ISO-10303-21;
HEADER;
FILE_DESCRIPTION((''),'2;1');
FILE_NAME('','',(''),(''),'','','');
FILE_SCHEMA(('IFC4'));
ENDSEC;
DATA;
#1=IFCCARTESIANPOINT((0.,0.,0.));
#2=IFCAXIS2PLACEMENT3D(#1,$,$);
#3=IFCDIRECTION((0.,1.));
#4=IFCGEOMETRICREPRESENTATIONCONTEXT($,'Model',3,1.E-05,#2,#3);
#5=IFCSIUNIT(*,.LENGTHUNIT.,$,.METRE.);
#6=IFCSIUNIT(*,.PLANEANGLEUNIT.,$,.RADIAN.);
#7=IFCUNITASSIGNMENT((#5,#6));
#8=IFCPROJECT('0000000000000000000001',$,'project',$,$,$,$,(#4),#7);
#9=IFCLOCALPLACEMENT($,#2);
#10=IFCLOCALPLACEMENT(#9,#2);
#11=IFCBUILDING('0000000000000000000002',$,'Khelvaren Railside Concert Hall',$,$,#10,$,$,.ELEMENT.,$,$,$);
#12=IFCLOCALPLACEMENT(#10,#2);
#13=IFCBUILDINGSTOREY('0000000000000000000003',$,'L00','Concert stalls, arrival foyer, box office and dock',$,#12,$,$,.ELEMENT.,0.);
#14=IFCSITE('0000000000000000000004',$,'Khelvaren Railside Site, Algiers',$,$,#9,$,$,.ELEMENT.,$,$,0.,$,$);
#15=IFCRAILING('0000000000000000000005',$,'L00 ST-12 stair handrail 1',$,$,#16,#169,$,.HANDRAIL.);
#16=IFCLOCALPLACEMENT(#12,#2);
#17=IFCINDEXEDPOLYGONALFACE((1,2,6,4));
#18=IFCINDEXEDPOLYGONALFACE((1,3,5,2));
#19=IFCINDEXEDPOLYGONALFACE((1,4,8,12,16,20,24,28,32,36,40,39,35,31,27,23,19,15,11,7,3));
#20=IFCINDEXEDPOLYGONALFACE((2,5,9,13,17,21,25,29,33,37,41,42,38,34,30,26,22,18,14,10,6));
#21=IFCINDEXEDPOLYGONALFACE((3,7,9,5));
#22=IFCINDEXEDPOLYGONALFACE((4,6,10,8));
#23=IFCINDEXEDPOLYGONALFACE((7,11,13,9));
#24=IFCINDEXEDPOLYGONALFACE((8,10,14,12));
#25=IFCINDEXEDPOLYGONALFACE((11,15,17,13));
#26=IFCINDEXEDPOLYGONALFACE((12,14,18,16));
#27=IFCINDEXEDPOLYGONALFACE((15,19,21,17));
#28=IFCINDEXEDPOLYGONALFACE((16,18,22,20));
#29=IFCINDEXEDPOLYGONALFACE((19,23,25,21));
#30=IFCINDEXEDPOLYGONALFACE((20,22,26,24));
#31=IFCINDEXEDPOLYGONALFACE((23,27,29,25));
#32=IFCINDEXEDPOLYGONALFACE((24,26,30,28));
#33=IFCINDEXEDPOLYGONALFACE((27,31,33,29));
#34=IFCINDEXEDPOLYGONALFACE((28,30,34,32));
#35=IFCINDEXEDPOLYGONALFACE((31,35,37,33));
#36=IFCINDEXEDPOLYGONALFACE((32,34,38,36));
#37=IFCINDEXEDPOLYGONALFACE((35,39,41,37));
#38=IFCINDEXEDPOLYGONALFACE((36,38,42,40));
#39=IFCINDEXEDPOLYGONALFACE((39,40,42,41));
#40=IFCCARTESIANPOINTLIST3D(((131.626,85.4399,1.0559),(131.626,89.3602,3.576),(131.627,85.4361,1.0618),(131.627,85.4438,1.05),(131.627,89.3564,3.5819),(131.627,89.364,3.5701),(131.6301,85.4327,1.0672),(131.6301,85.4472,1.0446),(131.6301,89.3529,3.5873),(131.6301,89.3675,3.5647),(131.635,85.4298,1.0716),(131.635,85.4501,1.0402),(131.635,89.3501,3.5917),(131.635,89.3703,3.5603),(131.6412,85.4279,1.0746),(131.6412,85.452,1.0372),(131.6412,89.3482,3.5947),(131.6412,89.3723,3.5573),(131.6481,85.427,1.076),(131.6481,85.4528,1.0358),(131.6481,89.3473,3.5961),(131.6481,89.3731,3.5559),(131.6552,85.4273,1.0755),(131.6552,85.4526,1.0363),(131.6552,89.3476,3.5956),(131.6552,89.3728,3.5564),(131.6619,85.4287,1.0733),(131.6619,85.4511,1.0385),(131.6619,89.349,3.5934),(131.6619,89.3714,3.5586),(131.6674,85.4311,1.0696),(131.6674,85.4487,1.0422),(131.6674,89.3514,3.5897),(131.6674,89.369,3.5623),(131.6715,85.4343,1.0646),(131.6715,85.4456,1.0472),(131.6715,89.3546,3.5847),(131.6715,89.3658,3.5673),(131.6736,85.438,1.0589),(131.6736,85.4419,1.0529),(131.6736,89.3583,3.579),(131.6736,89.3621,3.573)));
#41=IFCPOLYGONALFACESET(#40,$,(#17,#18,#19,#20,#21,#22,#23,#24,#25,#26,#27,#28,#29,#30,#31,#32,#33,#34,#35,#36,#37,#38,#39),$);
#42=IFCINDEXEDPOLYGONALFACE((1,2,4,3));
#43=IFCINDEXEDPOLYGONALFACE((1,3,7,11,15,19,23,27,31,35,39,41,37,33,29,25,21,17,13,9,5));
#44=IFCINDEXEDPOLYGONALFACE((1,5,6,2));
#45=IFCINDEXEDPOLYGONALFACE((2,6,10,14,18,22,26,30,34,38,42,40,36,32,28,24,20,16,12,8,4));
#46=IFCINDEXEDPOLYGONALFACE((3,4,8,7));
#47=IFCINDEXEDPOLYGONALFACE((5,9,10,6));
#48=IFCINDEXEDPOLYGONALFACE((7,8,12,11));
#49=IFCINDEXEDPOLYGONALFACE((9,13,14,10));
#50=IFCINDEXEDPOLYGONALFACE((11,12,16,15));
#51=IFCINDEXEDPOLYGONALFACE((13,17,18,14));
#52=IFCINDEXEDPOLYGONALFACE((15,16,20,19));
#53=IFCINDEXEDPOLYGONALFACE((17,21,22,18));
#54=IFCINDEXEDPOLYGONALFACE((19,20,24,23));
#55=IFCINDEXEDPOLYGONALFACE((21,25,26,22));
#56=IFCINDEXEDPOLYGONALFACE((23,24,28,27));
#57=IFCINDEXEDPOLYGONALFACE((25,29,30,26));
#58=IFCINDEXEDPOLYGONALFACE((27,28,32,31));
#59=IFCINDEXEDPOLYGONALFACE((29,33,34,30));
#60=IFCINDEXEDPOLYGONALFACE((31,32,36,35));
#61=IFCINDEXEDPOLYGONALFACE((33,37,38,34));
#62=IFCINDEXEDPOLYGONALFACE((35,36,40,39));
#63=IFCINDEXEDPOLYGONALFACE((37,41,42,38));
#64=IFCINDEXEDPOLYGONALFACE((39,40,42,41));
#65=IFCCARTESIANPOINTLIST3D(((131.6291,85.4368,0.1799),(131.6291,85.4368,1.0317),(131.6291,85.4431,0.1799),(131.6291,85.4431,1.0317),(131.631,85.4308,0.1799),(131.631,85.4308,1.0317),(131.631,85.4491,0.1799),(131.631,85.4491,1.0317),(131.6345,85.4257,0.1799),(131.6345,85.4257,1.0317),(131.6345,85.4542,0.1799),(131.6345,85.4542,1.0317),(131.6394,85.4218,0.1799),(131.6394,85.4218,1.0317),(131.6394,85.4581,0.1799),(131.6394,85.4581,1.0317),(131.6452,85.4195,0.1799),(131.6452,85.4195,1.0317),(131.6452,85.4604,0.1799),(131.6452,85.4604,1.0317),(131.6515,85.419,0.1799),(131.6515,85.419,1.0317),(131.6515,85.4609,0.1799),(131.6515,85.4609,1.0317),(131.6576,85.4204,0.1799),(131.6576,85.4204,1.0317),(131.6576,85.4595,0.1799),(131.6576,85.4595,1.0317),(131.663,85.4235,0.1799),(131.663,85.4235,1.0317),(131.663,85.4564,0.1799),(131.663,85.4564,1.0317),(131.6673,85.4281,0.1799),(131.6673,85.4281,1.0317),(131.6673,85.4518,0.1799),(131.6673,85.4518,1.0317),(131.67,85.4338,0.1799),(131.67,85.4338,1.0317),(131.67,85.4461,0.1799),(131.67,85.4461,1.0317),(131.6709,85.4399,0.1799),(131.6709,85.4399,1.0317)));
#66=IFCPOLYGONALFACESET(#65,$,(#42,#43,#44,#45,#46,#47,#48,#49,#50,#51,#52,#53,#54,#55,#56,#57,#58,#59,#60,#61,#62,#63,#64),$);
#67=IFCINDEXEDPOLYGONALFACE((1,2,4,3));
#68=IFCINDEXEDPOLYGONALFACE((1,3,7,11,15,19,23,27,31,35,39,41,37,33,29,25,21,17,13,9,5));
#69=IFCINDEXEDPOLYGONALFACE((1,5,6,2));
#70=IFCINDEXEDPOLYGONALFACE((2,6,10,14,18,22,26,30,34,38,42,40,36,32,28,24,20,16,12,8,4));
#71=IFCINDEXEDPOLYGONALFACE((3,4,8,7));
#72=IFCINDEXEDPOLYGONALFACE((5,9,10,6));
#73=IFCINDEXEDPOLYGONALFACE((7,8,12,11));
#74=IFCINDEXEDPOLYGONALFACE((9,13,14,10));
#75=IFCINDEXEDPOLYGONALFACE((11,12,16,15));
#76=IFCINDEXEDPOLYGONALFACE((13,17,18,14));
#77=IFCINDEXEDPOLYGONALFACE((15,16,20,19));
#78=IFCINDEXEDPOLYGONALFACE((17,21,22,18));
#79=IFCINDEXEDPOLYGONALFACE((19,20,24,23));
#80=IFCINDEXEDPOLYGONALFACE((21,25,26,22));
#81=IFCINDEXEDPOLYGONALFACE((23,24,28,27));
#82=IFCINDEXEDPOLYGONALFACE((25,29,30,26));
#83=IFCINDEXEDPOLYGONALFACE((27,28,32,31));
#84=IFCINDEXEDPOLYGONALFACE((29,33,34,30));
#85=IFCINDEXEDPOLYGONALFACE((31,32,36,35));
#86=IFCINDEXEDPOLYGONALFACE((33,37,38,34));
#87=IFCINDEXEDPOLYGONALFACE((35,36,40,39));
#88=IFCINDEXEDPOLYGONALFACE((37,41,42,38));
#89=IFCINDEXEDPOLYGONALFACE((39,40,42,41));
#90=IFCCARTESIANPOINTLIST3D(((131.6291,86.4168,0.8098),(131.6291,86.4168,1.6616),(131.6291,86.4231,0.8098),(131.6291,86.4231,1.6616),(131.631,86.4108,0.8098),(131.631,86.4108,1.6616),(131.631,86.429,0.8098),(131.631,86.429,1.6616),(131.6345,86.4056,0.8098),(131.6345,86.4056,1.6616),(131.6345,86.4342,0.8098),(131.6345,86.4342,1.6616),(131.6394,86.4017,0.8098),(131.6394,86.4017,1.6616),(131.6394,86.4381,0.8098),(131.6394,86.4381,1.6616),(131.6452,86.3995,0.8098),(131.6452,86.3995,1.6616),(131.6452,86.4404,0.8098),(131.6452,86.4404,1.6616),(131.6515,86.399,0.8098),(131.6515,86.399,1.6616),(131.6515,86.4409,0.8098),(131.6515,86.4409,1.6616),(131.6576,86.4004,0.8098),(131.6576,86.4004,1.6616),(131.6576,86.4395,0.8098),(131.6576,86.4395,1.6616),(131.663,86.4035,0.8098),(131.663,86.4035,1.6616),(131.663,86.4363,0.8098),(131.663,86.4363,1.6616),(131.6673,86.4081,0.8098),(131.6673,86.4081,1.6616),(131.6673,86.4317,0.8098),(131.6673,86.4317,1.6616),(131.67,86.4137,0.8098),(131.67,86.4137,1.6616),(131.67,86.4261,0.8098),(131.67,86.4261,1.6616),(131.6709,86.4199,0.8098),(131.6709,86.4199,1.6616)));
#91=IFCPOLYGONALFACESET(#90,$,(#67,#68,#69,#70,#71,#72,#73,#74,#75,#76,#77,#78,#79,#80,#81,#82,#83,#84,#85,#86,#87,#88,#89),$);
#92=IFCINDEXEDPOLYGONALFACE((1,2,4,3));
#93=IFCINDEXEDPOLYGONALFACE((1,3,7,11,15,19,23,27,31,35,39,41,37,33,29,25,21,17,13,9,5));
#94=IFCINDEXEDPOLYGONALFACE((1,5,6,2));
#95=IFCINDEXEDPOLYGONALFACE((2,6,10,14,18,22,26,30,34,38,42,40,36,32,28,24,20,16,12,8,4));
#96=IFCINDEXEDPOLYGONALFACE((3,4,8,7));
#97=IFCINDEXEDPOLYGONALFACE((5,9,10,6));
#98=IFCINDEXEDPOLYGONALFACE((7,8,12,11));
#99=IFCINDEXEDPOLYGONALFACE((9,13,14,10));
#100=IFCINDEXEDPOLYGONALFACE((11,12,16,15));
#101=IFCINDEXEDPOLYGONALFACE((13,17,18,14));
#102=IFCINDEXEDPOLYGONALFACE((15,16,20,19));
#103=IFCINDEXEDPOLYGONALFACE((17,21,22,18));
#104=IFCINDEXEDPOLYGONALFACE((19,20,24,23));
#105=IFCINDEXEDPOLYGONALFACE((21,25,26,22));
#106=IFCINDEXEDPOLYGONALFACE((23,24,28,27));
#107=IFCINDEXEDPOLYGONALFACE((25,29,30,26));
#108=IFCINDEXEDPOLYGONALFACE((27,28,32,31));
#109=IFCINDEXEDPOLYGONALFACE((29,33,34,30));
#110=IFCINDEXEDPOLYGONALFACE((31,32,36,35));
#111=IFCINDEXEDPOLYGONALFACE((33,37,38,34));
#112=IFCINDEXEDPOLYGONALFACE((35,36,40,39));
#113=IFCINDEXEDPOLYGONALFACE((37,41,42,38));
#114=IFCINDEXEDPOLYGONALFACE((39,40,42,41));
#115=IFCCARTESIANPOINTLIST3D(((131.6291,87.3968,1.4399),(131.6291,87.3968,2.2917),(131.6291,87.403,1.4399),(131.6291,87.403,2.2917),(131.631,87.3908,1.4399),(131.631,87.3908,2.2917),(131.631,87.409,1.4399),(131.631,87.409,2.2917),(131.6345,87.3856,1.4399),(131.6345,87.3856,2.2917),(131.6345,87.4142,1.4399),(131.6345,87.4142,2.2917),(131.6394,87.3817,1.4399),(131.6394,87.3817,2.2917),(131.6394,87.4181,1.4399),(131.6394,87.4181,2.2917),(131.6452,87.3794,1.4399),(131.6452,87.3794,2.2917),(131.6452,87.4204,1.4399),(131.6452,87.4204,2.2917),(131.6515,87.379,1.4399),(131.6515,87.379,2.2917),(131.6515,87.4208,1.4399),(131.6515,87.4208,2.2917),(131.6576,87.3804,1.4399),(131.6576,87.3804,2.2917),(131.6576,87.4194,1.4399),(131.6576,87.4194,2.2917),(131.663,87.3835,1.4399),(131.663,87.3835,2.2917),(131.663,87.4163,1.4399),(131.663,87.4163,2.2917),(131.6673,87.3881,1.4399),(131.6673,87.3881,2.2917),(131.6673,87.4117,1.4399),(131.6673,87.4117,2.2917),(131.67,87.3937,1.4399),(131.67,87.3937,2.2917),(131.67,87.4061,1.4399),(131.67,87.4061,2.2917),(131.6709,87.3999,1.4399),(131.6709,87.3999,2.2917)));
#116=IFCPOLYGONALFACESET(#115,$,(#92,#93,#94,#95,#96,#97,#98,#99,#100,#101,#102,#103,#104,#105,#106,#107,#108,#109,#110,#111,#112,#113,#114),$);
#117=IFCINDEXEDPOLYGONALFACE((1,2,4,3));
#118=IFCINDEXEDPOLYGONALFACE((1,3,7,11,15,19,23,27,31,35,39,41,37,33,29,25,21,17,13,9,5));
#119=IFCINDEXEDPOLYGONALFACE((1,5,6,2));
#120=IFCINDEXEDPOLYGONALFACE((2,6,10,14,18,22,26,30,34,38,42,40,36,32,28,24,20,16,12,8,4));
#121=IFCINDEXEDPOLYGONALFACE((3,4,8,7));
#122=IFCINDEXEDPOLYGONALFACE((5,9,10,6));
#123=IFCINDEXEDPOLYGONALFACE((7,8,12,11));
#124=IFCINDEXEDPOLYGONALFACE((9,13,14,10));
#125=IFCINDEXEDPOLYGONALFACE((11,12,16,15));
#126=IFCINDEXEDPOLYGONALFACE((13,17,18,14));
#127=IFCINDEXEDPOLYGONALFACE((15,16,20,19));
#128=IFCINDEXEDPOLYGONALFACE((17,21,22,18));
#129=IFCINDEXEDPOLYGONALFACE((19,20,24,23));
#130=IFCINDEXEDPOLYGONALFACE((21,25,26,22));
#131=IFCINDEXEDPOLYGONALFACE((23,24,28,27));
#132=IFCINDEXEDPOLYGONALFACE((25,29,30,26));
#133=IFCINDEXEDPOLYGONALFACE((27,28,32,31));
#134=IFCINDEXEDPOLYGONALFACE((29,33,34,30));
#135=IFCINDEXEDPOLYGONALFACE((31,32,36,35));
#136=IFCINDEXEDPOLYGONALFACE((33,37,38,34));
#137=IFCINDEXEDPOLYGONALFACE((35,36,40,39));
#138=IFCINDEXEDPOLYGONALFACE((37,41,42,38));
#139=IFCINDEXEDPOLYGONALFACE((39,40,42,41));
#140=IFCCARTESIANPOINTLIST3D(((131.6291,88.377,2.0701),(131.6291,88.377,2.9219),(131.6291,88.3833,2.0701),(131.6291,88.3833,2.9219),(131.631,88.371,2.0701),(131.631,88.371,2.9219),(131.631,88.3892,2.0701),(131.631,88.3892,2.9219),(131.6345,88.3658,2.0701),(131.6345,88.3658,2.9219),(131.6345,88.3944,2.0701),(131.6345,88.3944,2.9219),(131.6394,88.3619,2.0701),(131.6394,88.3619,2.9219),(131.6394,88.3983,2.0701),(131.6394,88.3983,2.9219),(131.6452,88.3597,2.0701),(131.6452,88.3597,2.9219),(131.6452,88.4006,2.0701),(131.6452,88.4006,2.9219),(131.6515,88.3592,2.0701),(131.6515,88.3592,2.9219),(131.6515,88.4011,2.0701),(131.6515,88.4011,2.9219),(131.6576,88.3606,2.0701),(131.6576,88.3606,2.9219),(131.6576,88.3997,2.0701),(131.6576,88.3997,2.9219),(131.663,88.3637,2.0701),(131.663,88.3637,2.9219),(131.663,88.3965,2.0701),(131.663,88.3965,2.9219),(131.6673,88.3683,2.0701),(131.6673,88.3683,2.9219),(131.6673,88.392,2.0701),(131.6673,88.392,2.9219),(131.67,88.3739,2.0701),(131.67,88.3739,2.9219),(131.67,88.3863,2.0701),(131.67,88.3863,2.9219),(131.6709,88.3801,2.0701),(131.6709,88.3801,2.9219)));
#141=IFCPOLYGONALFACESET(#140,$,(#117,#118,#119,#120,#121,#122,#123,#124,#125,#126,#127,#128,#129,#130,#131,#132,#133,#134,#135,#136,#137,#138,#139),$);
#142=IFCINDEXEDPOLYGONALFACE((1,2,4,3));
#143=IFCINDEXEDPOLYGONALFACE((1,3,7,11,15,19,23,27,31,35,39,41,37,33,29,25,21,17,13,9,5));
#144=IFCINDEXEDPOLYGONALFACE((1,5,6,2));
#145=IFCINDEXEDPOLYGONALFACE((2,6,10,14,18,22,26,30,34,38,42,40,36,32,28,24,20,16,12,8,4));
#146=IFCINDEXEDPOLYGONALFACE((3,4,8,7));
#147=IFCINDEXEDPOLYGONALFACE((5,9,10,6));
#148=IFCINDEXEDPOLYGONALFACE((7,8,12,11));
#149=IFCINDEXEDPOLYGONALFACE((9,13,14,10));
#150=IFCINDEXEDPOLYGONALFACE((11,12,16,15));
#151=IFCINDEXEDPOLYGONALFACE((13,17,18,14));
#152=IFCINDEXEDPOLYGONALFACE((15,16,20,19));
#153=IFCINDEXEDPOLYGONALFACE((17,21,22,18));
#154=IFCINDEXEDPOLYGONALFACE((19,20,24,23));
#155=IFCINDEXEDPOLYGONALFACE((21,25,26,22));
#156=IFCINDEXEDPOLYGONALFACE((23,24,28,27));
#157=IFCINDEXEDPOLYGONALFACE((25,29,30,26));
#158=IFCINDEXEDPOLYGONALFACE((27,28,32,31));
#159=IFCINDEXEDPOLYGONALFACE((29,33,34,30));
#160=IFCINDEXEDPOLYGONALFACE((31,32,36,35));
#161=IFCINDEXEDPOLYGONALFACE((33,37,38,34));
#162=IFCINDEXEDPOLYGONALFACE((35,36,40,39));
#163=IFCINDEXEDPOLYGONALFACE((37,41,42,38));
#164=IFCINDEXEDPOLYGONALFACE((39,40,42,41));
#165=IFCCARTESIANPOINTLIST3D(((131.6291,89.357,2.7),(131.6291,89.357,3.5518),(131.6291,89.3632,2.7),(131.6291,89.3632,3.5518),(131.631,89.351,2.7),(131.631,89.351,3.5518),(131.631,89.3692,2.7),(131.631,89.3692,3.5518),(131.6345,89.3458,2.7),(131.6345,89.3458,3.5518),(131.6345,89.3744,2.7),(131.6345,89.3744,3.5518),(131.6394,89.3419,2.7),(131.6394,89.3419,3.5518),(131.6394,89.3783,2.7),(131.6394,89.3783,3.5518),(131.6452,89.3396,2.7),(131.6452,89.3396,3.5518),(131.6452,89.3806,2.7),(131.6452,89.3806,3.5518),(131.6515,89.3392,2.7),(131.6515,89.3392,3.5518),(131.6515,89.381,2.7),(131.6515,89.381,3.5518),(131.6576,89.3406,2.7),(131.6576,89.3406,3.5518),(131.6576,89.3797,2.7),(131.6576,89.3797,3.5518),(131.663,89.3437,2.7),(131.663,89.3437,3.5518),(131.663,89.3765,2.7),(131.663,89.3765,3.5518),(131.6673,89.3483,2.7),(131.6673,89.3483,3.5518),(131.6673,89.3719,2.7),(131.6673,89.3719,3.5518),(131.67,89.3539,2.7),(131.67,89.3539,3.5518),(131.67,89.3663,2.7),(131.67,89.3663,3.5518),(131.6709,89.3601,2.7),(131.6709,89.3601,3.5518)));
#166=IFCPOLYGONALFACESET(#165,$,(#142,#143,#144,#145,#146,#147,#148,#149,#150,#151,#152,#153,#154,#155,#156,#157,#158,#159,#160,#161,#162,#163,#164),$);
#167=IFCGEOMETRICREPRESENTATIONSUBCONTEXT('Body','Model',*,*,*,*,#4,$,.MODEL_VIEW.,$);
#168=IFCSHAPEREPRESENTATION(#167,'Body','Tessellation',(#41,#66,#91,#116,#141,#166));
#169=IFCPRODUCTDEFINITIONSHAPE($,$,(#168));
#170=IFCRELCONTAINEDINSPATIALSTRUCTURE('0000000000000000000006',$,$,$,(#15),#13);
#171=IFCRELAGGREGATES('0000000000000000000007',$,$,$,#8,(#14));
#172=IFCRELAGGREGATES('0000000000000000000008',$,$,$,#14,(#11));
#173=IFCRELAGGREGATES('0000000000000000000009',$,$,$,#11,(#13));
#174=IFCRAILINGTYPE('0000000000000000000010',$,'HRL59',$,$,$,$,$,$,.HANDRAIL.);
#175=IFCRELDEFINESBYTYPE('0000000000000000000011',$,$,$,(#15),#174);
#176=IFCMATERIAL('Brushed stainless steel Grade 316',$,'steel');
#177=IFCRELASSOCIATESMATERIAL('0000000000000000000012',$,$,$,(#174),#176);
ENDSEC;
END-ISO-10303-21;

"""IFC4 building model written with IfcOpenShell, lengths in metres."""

from ifc_helpers import new_model, si_unit, direction, frame, origin, origin_2d, place, context, subcontext, project, spatial, circle, extrude, material, type_object, element, save


model = new_model("IFC4")

# Units and contexts
model_context = context("Model", 3, precision=1e-05, world=origin(), true_north=direction((0.0, 1.0)))
body_context = subcontext(model_context, "Body", "Model", "MODEL_VIEW")
ifc_project = project(units=[si_unit("LENGTHUNIT", "METRE"), si_unit("PLANEANGLEUNIT", "RADIAN")], contexts=[model_context])

# Site, building, storey
site_placement = place(None, origin())
site = spatial("IfcSite", under=ifc_project, at=site_placement, Name="Khelvaren Railside Site, Algiers", CompositionType="ELEMENT", RefElevation=0.0)
building_placement = place(site_placement, origin())
building = spatial("IfcBuilding", under=site, at=building_placement, Name="Khelvaren Railside Concert Hall", CompositionType="ELEMENT")
storey_placement = place(building_placement, origin())
storey = spatial("IfcBuildingStorey", under=building, at=storey_placement, Name="L00", Description="Concert stalls, arrival foyer, box office and dock", CompositionType="ELEMENT", Elevation=0.0)

# Railing
ifc_material_1 = material(Name="Brushed stainless steel Grade 316", Category="steel")
railing_type_1 = type_object("IfcRailingType", Name="HRL59", PredefinedType="HANDRAIL", material=ifc_material_1)
railing_1_placement = place(storey_placement, frame((131.6499, 85.4399, 0.1799)))
element("IfcRailing", 1, at=railing_1_placement, inside=storey, type_object=railing_type_1, Name="L00 ST-12 stair handrail 1", PredefinedType="HANDRAIL", context=body_context, shape_type="SweptSolid", body=[
    extrude(circle(Radius=0.0239, at=origin_2d()), frame((0.0, 0.0, 0.876), z_axis=(0.0, 0.841187, 0.540744), x_axis=(-1.0, 0.0, 0.0)), (0.0, 0.0, 1.0), 4.6604),
    extrude(circle(Radius=0.021, at=origin_2d()), origin(), (0.0, 0.0, 1.0), 0.8518),
    extrude(circle(Radius=0.021, at=origin_2d()), frame((0.0, 0.98, 0.6299)), (0.0, 0.0, 1.0), 0.8518),
    extrude(circle(Radius=0.021, at=origin_2d()), frame((0.0, 1.96, 1.26)), (0.0, 0.0, 1.0), 0.8518),
    extrude(circle(Radius=0.021, at=origin_2d()), frame((0.0, 2.9402, 1.8901)), (0.0, 0.0, 1.0), 0.8518),
    extrude(circle(Radius=0.021, at=origin_2d()), frame((0.0, 3.9202, 2.52)), (0.0, 0.0, 1.0), 0.8518),
])

save(model, "model.ifc")
